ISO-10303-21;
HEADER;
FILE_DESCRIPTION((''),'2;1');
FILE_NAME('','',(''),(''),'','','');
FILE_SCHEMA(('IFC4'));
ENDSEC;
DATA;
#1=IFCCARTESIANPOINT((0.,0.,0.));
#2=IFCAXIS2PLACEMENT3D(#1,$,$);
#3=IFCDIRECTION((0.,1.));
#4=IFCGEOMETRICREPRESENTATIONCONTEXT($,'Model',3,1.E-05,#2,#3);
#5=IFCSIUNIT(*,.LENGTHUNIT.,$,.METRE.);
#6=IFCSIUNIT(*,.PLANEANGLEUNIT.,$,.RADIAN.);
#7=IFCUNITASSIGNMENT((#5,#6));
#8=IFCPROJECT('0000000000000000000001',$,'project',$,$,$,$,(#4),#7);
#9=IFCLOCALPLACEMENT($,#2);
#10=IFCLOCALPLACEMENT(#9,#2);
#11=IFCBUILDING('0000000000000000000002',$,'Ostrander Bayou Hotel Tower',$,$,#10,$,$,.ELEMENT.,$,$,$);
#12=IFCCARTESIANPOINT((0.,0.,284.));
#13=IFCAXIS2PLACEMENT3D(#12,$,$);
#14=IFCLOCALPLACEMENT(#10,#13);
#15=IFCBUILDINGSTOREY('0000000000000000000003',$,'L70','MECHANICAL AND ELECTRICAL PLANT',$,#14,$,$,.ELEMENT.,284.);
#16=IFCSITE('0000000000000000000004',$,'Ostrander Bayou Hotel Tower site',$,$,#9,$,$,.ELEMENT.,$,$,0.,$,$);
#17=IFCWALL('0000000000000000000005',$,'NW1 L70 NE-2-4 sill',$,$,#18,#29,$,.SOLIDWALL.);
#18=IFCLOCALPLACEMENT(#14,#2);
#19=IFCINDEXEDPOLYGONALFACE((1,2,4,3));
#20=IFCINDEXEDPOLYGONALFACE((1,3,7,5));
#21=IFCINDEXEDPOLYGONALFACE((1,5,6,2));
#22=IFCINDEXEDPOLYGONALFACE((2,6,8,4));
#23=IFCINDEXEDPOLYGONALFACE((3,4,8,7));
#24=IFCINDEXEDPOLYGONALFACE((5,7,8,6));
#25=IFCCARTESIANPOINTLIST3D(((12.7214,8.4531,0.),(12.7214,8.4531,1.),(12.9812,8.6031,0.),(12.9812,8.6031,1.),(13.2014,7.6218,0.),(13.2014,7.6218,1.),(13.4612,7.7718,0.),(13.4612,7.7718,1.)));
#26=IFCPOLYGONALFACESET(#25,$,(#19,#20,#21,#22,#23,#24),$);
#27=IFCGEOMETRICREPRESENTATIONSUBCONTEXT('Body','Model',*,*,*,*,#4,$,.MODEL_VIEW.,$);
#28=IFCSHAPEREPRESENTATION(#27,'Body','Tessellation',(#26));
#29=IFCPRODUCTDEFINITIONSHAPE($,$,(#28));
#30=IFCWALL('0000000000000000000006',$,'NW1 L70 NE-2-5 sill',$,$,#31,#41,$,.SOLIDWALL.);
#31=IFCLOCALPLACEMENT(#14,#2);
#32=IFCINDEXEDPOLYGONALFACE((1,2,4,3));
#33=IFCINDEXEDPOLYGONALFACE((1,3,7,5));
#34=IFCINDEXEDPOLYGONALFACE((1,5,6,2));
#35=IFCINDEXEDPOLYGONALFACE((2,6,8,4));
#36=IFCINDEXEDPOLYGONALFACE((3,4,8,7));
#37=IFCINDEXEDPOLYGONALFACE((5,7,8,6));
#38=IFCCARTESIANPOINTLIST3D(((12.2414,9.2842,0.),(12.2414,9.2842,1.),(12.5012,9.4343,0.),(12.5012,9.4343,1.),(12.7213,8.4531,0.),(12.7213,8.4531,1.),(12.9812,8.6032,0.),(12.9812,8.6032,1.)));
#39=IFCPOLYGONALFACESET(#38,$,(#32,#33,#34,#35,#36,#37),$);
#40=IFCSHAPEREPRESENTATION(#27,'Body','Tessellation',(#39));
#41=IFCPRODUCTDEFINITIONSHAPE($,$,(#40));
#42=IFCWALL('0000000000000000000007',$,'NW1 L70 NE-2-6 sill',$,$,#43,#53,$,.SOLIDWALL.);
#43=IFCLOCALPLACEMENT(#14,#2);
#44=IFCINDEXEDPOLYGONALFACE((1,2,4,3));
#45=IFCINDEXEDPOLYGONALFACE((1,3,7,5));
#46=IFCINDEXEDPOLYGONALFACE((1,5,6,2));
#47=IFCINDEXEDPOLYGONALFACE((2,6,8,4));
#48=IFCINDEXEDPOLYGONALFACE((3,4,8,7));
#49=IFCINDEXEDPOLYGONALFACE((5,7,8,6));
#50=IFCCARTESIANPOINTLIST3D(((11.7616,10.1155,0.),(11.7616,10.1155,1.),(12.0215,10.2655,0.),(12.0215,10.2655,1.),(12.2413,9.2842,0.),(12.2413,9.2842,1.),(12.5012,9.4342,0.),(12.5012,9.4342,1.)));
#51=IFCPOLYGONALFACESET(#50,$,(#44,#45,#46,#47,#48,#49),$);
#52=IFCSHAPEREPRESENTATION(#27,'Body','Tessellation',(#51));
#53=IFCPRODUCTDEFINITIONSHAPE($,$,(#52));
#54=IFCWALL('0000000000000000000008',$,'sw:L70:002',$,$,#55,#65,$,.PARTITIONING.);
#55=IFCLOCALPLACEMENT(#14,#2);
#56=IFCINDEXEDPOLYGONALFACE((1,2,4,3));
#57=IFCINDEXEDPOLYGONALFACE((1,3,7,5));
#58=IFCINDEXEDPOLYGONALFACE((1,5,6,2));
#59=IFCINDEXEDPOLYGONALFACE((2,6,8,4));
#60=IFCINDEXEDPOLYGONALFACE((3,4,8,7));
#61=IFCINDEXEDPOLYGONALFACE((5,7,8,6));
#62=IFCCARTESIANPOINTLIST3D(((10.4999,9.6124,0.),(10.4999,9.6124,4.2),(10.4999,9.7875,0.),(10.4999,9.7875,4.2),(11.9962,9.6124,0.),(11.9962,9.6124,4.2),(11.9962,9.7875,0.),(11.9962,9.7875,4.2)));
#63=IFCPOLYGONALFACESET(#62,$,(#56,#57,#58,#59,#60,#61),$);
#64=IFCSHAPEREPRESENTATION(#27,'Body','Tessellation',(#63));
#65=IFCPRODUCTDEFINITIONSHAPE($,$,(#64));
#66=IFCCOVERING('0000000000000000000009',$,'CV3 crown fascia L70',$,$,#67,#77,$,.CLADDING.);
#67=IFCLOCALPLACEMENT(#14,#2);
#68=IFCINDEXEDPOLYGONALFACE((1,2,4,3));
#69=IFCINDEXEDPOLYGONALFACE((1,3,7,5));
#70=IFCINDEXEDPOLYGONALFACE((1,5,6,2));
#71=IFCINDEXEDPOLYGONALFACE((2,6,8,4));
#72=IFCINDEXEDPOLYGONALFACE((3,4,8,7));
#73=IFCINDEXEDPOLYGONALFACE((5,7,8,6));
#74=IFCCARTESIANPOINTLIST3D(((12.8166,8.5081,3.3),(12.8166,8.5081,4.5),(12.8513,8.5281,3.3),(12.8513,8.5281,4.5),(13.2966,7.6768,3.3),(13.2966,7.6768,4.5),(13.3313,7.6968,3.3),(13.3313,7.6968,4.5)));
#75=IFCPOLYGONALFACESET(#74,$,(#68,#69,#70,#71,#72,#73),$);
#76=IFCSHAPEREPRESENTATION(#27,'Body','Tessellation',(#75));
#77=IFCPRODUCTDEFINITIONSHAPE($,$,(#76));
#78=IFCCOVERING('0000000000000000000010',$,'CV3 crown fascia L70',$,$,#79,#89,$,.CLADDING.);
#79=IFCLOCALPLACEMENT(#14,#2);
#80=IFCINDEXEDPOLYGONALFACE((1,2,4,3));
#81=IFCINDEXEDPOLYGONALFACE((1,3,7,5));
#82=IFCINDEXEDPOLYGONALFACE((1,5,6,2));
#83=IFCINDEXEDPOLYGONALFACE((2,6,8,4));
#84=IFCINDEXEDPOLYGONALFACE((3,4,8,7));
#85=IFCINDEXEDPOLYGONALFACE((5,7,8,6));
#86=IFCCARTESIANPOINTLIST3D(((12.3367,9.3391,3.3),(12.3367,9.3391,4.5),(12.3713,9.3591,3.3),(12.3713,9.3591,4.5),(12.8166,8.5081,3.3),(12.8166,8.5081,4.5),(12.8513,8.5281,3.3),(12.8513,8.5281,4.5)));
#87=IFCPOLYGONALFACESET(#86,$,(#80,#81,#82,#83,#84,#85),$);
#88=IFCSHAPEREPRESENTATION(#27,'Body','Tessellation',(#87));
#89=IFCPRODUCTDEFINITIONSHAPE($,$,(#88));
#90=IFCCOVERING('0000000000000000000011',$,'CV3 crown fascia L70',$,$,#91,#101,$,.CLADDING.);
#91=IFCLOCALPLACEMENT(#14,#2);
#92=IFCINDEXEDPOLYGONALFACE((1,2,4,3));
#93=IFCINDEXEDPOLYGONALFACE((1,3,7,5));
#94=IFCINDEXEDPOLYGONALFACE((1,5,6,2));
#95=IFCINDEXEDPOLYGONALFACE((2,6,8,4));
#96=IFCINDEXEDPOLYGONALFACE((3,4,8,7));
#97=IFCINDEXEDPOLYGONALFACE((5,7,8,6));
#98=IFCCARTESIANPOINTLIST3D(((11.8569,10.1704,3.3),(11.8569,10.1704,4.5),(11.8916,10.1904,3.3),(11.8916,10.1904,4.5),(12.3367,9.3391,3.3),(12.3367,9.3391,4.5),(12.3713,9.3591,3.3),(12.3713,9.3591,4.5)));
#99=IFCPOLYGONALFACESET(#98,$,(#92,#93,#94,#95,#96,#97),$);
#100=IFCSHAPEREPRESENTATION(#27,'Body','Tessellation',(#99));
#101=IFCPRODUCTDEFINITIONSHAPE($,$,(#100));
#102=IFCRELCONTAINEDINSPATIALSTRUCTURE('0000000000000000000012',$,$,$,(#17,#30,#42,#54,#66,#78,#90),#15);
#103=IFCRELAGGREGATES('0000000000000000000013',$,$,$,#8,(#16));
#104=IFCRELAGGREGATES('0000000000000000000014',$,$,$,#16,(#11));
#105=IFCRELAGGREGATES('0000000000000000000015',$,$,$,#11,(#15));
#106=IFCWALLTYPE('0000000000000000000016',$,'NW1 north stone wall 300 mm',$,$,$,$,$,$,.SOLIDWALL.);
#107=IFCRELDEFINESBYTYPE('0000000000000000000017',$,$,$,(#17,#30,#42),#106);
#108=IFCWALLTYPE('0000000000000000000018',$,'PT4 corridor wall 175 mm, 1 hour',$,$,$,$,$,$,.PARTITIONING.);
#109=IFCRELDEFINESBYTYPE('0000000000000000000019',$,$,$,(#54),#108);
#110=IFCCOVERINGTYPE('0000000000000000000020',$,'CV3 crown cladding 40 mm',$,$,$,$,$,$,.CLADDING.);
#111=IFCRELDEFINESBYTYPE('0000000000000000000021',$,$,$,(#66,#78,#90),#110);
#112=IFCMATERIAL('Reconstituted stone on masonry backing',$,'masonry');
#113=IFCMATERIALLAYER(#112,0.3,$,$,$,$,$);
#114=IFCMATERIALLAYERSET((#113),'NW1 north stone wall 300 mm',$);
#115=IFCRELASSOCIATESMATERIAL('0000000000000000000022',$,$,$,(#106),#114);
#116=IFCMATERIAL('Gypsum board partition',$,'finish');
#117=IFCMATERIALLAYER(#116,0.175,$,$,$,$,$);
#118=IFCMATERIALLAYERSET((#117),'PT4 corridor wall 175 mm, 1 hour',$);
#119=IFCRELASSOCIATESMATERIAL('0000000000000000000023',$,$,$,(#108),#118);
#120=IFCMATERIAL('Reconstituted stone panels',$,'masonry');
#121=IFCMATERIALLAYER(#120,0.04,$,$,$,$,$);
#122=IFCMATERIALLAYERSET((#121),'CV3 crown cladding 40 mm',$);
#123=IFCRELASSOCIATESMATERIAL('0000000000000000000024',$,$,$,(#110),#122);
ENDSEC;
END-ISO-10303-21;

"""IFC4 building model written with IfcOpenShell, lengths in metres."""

from ifc_helpers import new_model, si_unit, direction, frame, frame_2d, origin, place, context, subcontext, project, spatial, polyline, rectangle, outline, extrude, material, layer, layer_set, type_object, element, save


model = new_model("IFC4")

# Units and contexts
model_context = context("Model", 3, precision=1e-05, world=origin(), true_north=direction((0.0, 1.0)))
body_context = subcontext(model_context, "Body", "Model", "MODEL_VIEW")
ifc_project = project(units=[si_unit("LENGTHUNIT", "METRE"), si_unit("PLANEANGLEUNIT", "RADIAN")], contexts=[model_context])

# Site, building, storey
site_placement = place(None, origin())
site = spatial("IfcSite", under=ifc_project, at=site_placement, Name="Ostrander Bayou Hotel Tower site", CompositionType="ELEMENT", RefElevation=0.0)
building_placement = place(site_placement, origin())
building = spatial("IfcBuilding", under=site, at=building_placement, Name="Ostrander Bayou Hotel Tower", CompositionType="ELEMENT")
storey_placement = place(building_placement, frame((0.0, 0.0, 284.0)))
storey = spatial("IfcBuildingStorey", under=building, at=storey_placement, Name="L70", Description="MECHANICAL AND ELECTRICAL PLANT", CompositionType="ELEMENT", Elevation=284.0)

# Walls
ifc_material_1 = material(Name="Reconstituted stone on masonry backing", Category="masonry")
ifc_layer_1 = layer(ifc_material_1, 0.3)
ifc_layer_set_1 = layer_set([ifc_layer_1], Name="NW1 north stone wall 300 mm")
wall_type_1 = type_object("IfcWallType", Name="NW1 north stone wall 300 mm", PredefinedType="SOLIDWALL", material=ifc_layer_set_1)
wall_1_placement = place(storey_placement, frame((13.3313, 7.6968, 0.0), z_axis=(0.0, 0.0, 1.0), x_axis=(-0.500023, 0.866012, 0.0)))
element("IfcWall", 1, at=wall_1_placement, inside=storey, type_object=wall_type_1, Name="NW1 L70 NE-2-4 sill", PredefinedType="SOLIDWALL", context=body_context, shape_type="SweptSolid", body=[
    extrude(rectangle(XDim=0.96, YDim=0.3, at=frame_2d((0.48, 0.0))), origin(), (0.0, 0.0, 1.0), 1.0),
])
for number, where, z_axis, x_axis, name in (
    (2, (12.8513, 8.5281, 0.0), (0.0, 0.0, 1.0), (-0.500133, 0.865948, 0.0), "NW1 L70 NE-2-5 sill"),
    (3, (12.3713, 9.3591, 0.0), (0.0, 0.0, 1.0), (-0.499833, 0.866122, 0.0), "NW1 L70 NE-2-6 sill"),
):
    element("IfcWall", number, at=place(storey_placement, frame(where, z_axis=z_axis, x_axis=x_axis)), inside=storey, type_object=wall_type_1, Name=name, PredefinedType="SOLIDWALL", context=body_context, shape_type="SweptSolid", body=[
        extrude(rectangle(XDim=0.9597, YDim=0.3, at=frame_2d((0.48, 0.0))), origin(), (0.0, 0.0, 1.0), 1.0),
    ])
ifc_material_2 = material(Name="Gypsum board partition", Category="finish")
ifc_layer_2 = layer(ifc_material_2, 0.175)
ifc_layer_set_2 = layer_set([ifc_layer_2], Name="PT4 corridor wall 175 mm, 1 hour")
wall_type_2 = type_object("IfcWallType", Name="PT4 corridor wall 175 mm, 1 hour", PredefinedType="PARTITIONING", material=ifc_layer_set_2)
wall_2_placement = place(storey_placement, frame((10.5, 9.7, 0.0), z_axis=(0.0, 0.0, 1.0), x_axis=(1.0, 0.0, 0.0)))
element("IfcWall", 4, at=wall_2_placement, inside=storey, type_object=wall_type_2, Name="sw:L70:002", PredefinedType="PARTITIONING", context=body_context, shape_type="SweptSolid", body=[
    extrude(rectangle(XDim=1.4963, YDim=0.175, at=frame_2d((0.748, 0.0))), origin(), (0.0, 0.0, 1.0), 4.2),
])

# Coverings
ifc_material_3 = material(Name="Reconstituted stone panels", Category="masonry")
ifc_layer_3 = layer(ifc_material_3, 0.04)
ifc_layer_set_3 = layer_set([ifc_layer_3], Name="CV3 crown cladding 40 mm")
covering_type = type_object("IfcCoveringType", Name="CV3 crown cladding 40 mm", PredefinedType="CLADDING", material=ifc_layer_set_3)
covering_1_placement = place(storey_placement, frame((13.3313, 7.6968, 3.3), z_axis=(0.866012, 0.500023, 0.0), x_axis=(-0.500023, 0.866012, 0.0)))
element("IfcCovering", 5, at=covering_1_placement, inside=storey, type_object=covering_type, Name="CV3 crown fascia L70", PredefinedType="CLADDING", context=body_context, shape_type="SweptSolid", body=[
    extrude(outline(polyline([(0.0, 0.0), (0.9599, 0.0), (0.9599, 1.2), (0.0, 1.2), (0.0, 0.0)])), origin(), (0.0, 0.0, -1.0), 0.04),
])
covering_2_placement = place(storey_placement, frame((12.8513, 8.5281, 3.3), z_axis=(0.865948, 0.500133, 0.0), x_axis=(-0.500133, 0.865948, 0.0)))
element("IfcCovering", 6, at=covering_2_placement, inside=storey, type_object=covering_type, Name="CV3 crown fascia L70", PredefinedType="CLADDING", context=body_context, shape_type="SweptSolid", body=[
    extrude(outline(polyline([(0.0, 0.0), (0.9597, 0.0), (0.9597, 1.2), (0.0, 1.2), (0.0, 0.0)])), origin(), (0.0, 0.0, -1.0), 0.04),
])
covering_3_placement = place(storey_placement, frame((12.3713, 9.3591, 3.3), z_axis=(0.866122, 0.499833, 0.0), x_axis=(-0.499833, 0.866122, 0.0)))
element("IfcCovering", 7, at=covering_3_placement, inside=storey, type_object=covering_type, Name="CV3 crown fascia L70", PredefinedType="CLADDING", context=body_context, shape_type="SweptSolid", body=[
    extrude(outline(polyline([(0.0, 0.0), (0.9598, 0.0), (0.9598, 1.2), (0.0, 1.2), (0.0, 0.0)])), origin(), (0.0, 0.0, -1.0), 0.04),
])

save(model, "model.ifc")
